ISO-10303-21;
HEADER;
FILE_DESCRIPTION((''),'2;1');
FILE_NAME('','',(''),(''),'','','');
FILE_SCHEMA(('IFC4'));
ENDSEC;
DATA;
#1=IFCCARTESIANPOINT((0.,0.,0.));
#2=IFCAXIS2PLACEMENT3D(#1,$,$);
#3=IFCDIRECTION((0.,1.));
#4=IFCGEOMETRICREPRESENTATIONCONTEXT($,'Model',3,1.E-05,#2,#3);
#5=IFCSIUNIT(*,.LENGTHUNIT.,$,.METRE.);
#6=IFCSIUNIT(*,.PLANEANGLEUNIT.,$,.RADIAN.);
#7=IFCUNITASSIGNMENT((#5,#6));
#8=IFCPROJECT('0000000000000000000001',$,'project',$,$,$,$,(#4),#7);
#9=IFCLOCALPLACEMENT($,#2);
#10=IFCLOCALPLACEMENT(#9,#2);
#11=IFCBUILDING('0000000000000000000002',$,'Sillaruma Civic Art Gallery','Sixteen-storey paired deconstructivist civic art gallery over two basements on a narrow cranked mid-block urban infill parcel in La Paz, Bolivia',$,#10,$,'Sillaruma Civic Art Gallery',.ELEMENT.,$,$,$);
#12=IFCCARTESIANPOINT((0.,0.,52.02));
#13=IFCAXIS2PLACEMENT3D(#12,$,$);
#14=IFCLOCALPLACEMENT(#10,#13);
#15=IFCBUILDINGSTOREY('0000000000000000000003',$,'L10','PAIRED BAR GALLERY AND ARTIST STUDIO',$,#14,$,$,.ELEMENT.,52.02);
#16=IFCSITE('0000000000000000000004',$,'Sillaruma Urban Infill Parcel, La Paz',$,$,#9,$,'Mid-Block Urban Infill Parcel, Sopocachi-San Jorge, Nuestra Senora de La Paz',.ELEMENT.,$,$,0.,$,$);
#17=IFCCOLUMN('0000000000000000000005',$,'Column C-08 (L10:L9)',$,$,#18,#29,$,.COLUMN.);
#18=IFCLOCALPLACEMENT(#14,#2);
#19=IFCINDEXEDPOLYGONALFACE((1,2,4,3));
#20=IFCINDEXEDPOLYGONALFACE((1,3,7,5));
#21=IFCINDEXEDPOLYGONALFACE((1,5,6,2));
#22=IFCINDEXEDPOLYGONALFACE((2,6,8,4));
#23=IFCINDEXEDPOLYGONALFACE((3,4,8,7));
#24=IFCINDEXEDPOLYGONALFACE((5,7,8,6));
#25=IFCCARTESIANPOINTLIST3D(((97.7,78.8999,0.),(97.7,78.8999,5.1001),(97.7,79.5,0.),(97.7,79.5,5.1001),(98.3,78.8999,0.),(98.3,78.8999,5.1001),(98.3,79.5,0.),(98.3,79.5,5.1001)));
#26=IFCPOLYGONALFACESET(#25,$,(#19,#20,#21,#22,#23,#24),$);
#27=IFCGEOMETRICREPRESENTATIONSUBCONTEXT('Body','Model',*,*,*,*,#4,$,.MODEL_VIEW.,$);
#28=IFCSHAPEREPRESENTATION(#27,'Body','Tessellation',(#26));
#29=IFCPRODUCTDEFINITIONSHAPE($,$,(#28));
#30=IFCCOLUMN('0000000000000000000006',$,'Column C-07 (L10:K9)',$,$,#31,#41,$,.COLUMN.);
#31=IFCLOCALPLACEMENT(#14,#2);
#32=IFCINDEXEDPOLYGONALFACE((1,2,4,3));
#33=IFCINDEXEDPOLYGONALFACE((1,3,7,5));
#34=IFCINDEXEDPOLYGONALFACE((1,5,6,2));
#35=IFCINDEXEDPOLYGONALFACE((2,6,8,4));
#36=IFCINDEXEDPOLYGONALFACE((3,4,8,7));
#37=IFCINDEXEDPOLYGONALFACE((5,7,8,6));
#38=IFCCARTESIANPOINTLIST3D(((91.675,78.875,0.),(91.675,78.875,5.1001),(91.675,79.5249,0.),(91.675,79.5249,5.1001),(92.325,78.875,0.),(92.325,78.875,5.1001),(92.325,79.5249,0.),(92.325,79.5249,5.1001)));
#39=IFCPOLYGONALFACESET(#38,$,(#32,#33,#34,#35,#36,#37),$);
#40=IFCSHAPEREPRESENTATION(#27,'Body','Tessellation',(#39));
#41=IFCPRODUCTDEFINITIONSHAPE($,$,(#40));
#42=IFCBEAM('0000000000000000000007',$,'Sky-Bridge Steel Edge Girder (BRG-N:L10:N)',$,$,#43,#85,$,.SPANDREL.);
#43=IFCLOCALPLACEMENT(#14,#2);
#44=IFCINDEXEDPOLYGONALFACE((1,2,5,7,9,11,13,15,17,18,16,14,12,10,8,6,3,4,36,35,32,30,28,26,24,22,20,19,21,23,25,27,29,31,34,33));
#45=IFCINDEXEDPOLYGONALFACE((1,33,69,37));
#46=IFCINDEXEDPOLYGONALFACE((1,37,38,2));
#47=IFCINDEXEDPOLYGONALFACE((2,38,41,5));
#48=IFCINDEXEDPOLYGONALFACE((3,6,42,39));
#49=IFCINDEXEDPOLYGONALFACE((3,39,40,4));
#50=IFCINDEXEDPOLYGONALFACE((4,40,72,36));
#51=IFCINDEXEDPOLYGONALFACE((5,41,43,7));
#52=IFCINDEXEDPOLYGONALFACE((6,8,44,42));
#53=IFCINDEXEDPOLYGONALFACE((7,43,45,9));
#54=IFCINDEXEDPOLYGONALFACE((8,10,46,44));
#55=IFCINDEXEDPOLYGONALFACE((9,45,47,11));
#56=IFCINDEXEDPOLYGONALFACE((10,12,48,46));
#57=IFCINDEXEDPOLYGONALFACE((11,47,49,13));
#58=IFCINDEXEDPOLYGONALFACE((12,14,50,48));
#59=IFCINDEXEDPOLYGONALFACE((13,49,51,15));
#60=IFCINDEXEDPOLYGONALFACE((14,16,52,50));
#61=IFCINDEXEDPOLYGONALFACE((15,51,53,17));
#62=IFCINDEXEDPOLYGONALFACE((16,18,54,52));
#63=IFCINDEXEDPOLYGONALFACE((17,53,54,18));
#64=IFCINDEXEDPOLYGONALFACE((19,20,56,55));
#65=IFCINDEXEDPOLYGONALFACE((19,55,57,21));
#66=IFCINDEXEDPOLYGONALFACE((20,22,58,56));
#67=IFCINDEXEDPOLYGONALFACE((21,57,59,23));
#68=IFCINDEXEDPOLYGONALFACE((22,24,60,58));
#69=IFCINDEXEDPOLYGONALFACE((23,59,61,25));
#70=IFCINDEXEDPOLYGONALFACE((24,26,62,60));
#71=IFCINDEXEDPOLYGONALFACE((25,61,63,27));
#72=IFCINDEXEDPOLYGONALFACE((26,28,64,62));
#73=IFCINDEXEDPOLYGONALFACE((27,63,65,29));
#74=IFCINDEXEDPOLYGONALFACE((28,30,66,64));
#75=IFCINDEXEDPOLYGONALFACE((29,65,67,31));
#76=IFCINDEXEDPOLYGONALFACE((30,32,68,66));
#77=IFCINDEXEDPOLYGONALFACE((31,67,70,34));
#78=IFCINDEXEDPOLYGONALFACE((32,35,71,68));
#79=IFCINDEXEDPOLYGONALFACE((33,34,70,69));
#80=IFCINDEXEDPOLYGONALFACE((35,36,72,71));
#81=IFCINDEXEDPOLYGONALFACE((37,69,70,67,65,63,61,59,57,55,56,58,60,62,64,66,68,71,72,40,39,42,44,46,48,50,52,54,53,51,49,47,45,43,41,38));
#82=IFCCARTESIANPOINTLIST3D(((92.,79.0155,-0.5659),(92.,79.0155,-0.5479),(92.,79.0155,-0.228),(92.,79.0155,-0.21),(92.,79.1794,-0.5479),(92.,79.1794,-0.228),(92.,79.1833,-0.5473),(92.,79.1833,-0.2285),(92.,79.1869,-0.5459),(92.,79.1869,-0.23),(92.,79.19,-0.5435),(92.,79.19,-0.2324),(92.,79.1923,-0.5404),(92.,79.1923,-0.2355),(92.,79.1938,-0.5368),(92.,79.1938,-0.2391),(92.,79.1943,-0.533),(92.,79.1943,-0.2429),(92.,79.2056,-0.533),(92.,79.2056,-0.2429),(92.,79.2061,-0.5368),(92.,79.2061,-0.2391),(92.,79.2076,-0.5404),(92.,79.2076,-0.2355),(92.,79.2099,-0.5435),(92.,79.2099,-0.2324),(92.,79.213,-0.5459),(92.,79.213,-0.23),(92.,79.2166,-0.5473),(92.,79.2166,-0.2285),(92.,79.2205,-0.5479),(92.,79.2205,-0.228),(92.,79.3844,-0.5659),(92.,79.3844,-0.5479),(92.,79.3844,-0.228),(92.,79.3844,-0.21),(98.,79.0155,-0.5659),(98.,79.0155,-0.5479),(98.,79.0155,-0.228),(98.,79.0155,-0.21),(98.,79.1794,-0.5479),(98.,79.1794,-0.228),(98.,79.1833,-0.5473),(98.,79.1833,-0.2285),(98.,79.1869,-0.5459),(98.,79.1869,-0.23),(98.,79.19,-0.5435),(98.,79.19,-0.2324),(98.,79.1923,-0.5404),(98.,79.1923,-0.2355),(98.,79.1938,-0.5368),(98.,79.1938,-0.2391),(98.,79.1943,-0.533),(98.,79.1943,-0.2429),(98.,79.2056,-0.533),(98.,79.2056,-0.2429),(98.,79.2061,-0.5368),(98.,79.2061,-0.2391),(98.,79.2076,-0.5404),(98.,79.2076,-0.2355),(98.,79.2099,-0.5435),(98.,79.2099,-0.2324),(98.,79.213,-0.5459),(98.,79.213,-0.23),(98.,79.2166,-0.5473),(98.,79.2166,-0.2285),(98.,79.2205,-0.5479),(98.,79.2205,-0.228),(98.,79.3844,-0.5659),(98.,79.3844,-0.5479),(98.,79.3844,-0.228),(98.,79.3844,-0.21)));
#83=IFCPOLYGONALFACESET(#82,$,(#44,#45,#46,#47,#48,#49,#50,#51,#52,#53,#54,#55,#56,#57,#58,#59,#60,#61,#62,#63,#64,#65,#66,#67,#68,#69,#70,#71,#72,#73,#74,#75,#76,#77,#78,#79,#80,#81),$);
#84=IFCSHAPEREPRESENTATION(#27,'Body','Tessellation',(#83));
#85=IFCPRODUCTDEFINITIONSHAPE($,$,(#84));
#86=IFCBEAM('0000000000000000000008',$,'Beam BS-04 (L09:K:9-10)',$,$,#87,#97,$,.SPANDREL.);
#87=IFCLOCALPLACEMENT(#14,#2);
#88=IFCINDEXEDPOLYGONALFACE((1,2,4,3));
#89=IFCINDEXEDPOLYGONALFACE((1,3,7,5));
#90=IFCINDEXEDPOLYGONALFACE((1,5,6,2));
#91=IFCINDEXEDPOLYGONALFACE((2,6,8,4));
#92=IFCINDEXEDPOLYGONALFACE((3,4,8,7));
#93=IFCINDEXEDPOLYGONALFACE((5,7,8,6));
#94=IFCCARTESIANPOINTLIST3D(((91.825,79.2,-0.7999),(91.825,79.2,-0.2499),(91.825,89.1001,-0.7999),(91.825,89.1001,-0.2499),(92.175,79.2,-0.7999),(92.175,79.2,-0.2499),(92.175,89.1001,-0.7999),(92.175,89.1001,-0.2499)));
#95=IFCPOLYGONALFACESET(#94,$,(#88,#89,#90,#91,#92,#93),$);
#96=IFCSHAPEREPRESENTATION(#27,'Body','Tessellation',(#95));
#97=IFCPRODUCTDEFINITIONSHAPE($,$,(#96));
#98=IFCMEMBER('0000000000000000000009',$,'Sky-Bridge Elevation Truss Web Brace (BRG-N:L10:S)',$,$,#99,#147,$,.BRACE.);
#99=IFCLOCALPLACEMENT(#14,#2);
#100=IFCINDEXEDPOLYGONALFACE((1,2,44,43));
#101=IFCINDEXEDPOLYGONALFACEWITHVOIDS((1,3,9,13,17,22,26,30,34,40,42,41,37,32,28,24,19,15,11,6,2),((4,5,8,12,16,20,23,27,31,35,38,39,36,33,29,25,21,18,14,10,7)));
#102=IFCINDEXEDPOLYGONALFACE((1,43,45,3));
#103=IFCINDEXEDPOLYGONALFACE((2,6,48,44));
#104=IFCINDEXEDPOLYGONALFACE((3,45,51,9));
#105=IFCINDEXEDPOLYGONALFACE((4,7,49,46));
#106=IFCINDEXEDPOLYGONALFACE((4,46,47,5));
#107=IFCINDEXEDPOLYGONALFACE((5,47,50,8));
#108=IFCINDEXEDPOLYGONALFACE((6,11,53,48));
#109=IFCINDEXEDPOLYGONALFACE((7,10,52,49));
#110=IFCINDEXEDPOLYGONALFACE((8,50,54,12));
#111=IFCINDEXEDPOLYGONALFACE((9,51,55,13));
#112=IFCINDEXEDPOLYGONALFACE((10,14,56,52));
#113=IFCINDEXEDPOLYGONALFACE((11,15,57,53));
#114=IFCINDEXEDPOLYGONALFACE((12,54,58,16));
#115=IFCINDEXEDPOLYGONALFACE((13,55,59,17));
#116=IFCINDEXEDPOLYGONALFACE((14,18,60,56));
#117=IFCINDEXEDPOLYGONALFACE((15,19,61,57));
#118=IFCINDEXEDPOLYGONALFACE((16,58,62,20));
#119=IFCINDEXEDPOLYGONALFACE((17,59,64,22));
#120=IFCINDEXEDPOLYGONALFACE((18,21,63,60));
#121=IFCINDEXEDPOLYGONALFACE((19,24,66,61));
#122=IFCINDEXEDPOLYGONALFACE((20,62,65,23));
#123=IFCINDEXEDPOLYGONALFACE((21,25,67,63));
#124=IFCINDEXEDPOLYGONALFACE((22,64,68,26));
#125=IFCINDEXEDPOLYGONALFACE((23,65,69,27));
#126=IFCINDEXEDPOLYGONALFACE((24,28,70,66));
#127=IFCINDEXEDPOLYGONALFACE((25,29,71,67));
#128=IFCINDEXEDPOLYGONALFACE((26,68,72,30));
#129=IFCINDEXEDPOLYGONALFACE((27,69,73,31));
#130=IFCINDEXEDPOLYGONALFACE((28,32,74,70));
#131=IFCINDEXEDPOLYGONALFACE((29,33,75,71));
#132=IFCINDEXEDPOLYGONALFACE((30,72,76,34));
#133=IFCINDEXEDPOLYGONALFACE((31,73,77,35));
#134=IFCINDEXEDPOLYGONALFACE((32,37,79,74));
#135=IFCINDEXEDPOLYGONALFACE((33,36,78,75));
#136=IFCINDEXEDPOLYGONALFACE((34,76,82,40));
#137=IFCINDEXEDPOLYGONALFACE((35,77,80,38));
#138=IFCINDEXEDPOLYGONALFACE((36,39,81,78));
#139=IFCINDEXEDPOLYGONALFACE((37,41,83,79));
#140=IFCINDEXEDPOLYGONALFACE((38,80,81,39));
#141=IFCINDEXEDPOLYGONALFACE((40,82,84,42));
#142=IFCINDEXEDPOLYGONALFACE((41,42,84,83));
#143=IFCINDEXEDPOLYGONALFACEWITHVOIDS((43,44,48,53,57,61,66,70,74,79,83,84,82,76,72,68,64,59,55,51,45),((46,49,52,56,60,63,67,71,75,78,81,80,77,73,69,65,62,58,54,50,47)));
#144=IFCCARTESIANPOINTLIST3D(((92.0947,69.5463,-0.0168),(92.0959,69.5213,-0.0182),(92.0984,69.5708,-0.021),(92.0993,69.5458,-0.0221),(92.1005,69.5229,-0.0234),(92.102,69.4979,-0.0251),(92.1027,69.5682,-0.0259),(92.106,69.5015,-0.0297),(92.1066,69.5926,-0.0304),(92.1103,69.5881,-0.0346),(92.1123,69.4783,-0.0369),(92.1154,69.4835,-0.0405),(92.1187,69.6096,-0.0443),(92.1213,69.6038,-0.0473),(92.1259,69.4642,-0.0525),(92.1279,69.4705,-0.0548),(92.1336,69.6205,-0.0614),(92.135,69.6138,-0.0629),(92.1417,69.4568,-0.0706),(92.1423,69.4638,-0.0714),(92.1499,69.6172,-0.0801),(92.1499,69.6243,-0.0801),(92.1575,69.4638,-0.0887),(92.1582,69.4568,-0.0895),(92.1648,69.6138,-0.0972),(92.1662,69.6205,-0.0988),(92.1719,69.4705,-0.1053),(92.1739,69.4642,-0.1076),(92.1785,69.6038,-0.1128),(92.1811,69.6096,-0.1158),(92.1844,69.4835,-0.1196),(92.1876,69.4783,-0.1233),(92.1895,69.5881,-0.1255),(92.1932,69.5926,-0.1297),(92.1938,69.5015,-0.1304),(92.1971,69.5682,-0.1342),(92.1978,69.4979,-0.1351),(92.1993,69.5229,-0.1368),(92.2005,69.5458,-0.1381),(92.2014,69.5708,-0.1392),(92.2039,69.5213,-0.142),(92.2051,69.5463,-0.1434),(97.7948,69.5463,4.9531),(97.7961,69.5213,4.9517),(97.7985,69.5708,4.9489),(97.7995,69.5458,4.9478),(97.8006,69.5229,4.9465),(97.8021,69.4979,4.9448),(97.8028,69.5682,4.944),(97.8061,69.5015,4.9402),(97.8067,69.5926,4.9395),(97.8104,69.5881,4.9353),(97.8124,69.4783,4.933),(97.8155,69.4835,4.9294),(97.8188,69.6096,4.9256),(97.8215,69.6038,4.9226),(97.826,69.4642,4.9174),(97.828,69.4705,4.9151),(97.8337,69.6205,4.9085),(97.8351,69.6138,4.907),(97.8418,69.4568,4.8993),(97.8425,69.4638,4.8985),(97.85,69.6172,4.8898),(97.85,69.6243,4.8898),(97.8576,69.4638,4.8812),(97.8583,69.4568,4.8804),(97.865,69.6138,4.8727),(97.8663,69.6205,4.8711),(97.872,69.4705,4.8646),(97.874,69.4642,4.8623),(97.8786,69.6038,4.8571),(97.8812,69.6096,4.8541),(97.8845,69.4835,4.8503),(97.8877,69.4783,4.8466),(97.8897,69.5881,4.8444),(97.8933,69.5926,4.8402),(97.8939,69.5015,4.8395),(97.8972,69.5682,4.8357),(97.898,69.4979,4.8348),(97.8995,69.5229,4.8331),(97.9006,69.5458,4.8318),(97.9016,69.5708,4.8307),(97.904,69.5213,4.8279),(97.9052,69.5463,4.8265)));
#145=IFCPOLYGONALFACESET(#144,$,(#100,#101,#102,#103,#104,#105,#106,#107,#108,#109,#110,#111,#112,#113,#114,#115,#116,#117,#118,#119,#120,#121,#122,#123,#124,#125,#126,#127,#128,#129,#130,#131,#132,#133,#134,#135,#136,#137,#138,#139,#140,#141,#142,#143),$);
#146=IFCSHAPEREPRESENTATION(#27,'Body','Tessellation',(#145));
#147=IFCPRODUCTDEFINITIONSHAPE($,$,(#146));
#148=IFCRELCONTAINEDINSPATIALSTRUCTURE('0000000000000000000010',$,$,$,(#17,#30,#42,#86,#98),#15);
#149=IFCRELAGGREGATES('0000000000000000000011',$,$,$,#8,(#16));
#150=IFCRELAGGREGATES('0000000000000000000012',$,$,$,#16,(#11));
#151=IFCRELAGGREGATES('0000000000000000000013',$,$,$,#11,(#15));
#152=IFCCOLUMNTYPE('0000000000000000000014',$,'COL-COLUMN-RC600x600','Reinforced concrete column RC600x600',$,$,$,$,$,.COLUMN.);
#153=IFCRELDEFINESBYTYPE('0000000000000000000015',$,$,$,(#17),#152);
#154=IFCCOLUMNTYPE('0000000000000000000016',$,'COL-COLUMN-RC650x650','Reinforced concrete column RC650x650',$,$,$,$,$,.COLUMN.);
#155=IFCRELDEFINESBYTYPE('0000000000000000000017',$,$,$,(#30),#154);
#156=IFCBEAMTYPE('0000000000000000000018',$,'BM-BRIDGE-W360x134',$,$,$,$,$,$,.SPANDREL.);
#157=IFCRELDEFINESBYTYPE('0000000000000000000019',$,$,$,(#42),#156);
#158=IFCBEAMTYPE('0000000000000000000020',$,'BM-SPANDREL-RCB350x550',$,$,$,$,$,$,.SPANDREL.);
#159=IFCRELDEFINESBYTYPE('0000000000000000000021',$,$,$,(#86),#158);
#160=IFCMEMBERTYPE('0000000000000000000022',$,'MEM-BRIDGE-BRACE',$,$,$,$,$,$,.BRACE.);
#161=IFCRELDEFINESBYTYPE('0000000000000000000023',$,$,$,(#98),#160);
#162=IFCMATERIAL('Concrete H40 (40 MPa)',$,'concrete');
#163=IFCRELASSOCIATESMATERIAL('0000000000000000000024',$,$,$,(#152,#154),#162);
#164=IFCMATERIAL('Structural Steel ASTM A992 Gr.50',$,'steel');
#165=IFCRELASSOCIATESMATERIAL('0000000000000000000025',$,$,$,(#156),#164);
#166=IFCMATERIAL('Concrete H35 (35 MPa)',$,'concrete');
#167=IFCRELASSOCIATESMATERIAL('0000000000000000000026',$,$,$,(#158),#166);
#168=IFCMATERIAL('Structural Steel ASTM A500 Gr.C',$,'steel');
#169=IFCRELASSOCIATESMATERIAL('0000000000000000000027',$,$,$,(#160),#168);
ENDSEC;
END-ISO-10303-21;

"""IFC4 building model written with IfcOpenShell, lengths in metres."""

from ifc_helpers import new_model, si_unit, direction, frame, origin, origin_2d, place, context, subcontext, project, spatial, rectangle, hollow_circle, i_section, extrude, material, material_profile, profile_set, type_object, element, save


model = new_model("IFC4")

# Units and contexts
model_context = context("Model", 3, precision=1e-05, world=origin(), true_north=direction((0.0, 1.0)))
body_context = subcontext(model_context, "Body", "Model", "MODEL_VIEW")
ifc_project = project(units=[si_unit("LENGTHUNIT", "METRE"), si_unit("PLANEANGLEUNIT", "RADIAN")], contexts=[model_context])

# Site, building, storey
site_placement = place(None, origin())
site = spatial("IfcSite", under=ifc_project, at=site_placement, Name="Sillaruma Urban Infill Parcel, La Paz", LongName="Mid-Block Urban Infill Parcel, Sopocachi-San Jorge, Nuestra Senora de La Paz", CompositionType="ELEMENT", RefElevation=0.0)
building_placement = place(site_placement, origin())
building = spatial("IfcBuilding", under=site, at=building_placement, Name="Sillaruma Civic Art Gallery", Description="Sixteen-storey paired deconstructivist civic art gallery over two basements on a narrow cranked mid-block urban infill parcel in La Paz, Bolivia", LongName="Sillaruma Civic Art Gallery", CompositionType="ELEMENT")
storey_placement = place(building_placement, frame((0.0, 0.0, 52.02)))
storey = spatial("IfcBuildingStorey", under=building, at=storey_placement, Name="L10", Description="PAIRED BAR GALLERY AND ARTIST STUDIO", CompositionType="ELEMENT", Elevation=52.02)

# Columns
ifc_material_1 = material(Name="Concrete H40 (40 MPa)", Category="concrete")
ifc_material_profile_1 = material_profile(ifc_material_1, rectangle(XDim=0.6001, YDim=0.6001, at=origin_2d()), Name="RC600x600")
ifc_profile_set_1 = profile_set([ifc_material_profile_1], Name="Concrete H40 (40 MPa)")
column_type_1 = type_object("IfcColumnType", Name="COL-COLUMN-RC600x600", Description="Reinforced concrete column RC600x600", PredefinedType="COLUMN", material=ifc_profile_set_1)
column_1_placement = place(storey_placement, frame((98.0, 79.2, 0.0), z_axis=(0.0, 0.0, 1.0), x_axis=(1.0, 0.0, 0.0)))
element("IfcColumn", 1, at=column_1_placement, inside=storey, type_object=column_type_1, Name="Column C-08 (L10:L9)", PredefinedType="COLUMN", context=body_context, shape_type="SweptSolid", body=[
    extrude(rectangle(XDim=0.6001, YDim=0.6001, at=origin_2d()), origin(), (0.0, 0.0, 1.0), 5.1001),
])
ifc_material_profile_2 = material_profile(ifc_material_1, rectangle(XDim=0.6499, YDim=0.6499, at=origin_2d()), Name="RC650x650")
ifc_profile_set_2 = profile_set([ifc_material_profile_2], Name="Concrete H40 (40 MPa)")
column_type_2 = type_object("IfcColumnType", Name="COL-COLUMN-RC650x650", Description="Reinforced concrete column RC650x650", PredefinedType="COLUMN", material=ifc_profile_set_2)
column_2_placement = place(storey_placement, frame((92.0, 79.2, 0.0), z_axis=(0.0, 0.0, 1.0), x_axis=(1.0, 0.0, 0.0)))
element("IfcColumn", 2, at=column_2_placement, inside=storey, type_object=column_type_2, Name="Column C-07 (L10:K9)", PredefinedType="COLUMN", context=body_context, shape_type="SweptSolid", body=[
    extrude(rectangle(XDim=0.6499, YDim=0.6499, at=origin_2d()), origin(), (0.0, 0.0, 1.0), 5.1001),
])

# Beams
ifc_material_2 = material(Name="Structural Steel ASTM A992 Gr.50", Category="steel")
ifc_material_profile_3 = material_profile(ifc_material_2, i_section(OverallWidth=0.3689, OverallDepth=0.356, WebThickness=0.0112, FlangeThickness=0.0181, FilletRadius=0.0149, at=origin_2d()), Name="W360x134")
ifc_profile_set_3 = profile_set([ifc_material_profile_3], Name="Structural Steel ASTM A992 Gr.50")
beam_type_1 = type_object("IfcBeamType", Name="BM-BRIDGE-W360x134", PredefinedType="SPANDREL", material=ifc_profile_set_3)
beam_1_placement = place(storey_placement, frame((92.0, 79.2, -0.3879), z_axis=(1.0, 0.0, 0.0), x_axis=(0.0, 1.0, 0.0)))
element("IfcBeam", 3, at=beam_1_placement, inside=storey, type_object=beam_type_1, Name="Sky-Bridge Steel Edge Girder (BRG-N:L10:N)", PredefinedType="SPANDREL", context=body_context, shape_type="SweptSolid", body=[
    extrude(i_section(OverallWidth=0.3689, OverallDepth=0.356, WebThickness=0.0112, FlangeThickness=0.0181, FilletRadius=0.0149, at=origin_2d()), origin(), (0.0, 0.0, 1.0), 6.0),
])
ifc_material_3 = material(Name="Concrete H35 (35 MPa)", Category="concrete")
ifc_material_profile_4 = material_profile(ifc_material_3, rectangle(XDim=0.3501, YDim=0.55, at=origin_2d()), Name="RCB350x550")
ifc_profile_set_4 = profile_set([ifc_material_profile_4], Name="Concrete H35 (35 MPa)")
beam_type_2 = type_object("IfcBeamType", Name="BM-SPANDREL-RCB350x550", PredefinedType="SPANDREL", material=ifc_profile_set_4)
beam_2_placement = place(storey_placement, frame((92.0, 79.2, -0.5249), z_axis=(0.0, 1.0, 0.0), x_axis=(-1.0, 0.0, 0.0)))
element("IfcBeam", 4, at=beam_2_placement, inside=storey, type_object=beam_type_2, Name="Beam BS-04 (L09:K:9-10)", PredefinedType="SPANDREL", context=body_context, shape_type="SweptSolid", body=[
    extrude(rectangle(XDim=0.3501, YDim=0.55, at=origin_2d()), origin(), (0.0, 0.0, 1.0), 9.9001),
])

# Member
ifc_material_4 = material(Name="Structural Steel ASTM A500 Gr.C", Category="steel")
ifc_material_profile_5 = material_profile(ifc_material_4, hollow_circle(Radius=0.0842, WallThickness=0.0071, at=origin_2d()), Name="CHS168.3x7.1")
ifc_profile_set_5 = profile_set([ifc_material_profile_5], Name="Structural Steel ASTM A500 Gr.C")
member_type_1 = type_object("IfcMemberType", Name="MEM-BRIDGE-BRACE", PredefinedType="BRACE", material=ifc_profile_set_5)
for number, where, z_axis, x_axis, name in (
    (5, (92.1499, 69.54, -0.0801), (0.753735, 0.0, 0.657178), (0.0, 1.0, 0.0), "Sky-Bridge Elevation Truss Web Brace (BRG-N:L10:S)"),
):
    element("IfcMember", number, at=place(storey_placement, frame(where, z_axis=z_axis, x_axis=x_axis)), inside=storey, type_object=member_type_1, Name=name, PredefinedType="BRACE", context=body_context, shape_type="SweptSolid", body=[
        extrude(hollow_circle(Radius=0.0842, WallThickness=0.0071, at=origin_2d()), origin(), (0.0, 0.0, 1.0), 7.5625),
    ])

save(model, "model.ifc")
